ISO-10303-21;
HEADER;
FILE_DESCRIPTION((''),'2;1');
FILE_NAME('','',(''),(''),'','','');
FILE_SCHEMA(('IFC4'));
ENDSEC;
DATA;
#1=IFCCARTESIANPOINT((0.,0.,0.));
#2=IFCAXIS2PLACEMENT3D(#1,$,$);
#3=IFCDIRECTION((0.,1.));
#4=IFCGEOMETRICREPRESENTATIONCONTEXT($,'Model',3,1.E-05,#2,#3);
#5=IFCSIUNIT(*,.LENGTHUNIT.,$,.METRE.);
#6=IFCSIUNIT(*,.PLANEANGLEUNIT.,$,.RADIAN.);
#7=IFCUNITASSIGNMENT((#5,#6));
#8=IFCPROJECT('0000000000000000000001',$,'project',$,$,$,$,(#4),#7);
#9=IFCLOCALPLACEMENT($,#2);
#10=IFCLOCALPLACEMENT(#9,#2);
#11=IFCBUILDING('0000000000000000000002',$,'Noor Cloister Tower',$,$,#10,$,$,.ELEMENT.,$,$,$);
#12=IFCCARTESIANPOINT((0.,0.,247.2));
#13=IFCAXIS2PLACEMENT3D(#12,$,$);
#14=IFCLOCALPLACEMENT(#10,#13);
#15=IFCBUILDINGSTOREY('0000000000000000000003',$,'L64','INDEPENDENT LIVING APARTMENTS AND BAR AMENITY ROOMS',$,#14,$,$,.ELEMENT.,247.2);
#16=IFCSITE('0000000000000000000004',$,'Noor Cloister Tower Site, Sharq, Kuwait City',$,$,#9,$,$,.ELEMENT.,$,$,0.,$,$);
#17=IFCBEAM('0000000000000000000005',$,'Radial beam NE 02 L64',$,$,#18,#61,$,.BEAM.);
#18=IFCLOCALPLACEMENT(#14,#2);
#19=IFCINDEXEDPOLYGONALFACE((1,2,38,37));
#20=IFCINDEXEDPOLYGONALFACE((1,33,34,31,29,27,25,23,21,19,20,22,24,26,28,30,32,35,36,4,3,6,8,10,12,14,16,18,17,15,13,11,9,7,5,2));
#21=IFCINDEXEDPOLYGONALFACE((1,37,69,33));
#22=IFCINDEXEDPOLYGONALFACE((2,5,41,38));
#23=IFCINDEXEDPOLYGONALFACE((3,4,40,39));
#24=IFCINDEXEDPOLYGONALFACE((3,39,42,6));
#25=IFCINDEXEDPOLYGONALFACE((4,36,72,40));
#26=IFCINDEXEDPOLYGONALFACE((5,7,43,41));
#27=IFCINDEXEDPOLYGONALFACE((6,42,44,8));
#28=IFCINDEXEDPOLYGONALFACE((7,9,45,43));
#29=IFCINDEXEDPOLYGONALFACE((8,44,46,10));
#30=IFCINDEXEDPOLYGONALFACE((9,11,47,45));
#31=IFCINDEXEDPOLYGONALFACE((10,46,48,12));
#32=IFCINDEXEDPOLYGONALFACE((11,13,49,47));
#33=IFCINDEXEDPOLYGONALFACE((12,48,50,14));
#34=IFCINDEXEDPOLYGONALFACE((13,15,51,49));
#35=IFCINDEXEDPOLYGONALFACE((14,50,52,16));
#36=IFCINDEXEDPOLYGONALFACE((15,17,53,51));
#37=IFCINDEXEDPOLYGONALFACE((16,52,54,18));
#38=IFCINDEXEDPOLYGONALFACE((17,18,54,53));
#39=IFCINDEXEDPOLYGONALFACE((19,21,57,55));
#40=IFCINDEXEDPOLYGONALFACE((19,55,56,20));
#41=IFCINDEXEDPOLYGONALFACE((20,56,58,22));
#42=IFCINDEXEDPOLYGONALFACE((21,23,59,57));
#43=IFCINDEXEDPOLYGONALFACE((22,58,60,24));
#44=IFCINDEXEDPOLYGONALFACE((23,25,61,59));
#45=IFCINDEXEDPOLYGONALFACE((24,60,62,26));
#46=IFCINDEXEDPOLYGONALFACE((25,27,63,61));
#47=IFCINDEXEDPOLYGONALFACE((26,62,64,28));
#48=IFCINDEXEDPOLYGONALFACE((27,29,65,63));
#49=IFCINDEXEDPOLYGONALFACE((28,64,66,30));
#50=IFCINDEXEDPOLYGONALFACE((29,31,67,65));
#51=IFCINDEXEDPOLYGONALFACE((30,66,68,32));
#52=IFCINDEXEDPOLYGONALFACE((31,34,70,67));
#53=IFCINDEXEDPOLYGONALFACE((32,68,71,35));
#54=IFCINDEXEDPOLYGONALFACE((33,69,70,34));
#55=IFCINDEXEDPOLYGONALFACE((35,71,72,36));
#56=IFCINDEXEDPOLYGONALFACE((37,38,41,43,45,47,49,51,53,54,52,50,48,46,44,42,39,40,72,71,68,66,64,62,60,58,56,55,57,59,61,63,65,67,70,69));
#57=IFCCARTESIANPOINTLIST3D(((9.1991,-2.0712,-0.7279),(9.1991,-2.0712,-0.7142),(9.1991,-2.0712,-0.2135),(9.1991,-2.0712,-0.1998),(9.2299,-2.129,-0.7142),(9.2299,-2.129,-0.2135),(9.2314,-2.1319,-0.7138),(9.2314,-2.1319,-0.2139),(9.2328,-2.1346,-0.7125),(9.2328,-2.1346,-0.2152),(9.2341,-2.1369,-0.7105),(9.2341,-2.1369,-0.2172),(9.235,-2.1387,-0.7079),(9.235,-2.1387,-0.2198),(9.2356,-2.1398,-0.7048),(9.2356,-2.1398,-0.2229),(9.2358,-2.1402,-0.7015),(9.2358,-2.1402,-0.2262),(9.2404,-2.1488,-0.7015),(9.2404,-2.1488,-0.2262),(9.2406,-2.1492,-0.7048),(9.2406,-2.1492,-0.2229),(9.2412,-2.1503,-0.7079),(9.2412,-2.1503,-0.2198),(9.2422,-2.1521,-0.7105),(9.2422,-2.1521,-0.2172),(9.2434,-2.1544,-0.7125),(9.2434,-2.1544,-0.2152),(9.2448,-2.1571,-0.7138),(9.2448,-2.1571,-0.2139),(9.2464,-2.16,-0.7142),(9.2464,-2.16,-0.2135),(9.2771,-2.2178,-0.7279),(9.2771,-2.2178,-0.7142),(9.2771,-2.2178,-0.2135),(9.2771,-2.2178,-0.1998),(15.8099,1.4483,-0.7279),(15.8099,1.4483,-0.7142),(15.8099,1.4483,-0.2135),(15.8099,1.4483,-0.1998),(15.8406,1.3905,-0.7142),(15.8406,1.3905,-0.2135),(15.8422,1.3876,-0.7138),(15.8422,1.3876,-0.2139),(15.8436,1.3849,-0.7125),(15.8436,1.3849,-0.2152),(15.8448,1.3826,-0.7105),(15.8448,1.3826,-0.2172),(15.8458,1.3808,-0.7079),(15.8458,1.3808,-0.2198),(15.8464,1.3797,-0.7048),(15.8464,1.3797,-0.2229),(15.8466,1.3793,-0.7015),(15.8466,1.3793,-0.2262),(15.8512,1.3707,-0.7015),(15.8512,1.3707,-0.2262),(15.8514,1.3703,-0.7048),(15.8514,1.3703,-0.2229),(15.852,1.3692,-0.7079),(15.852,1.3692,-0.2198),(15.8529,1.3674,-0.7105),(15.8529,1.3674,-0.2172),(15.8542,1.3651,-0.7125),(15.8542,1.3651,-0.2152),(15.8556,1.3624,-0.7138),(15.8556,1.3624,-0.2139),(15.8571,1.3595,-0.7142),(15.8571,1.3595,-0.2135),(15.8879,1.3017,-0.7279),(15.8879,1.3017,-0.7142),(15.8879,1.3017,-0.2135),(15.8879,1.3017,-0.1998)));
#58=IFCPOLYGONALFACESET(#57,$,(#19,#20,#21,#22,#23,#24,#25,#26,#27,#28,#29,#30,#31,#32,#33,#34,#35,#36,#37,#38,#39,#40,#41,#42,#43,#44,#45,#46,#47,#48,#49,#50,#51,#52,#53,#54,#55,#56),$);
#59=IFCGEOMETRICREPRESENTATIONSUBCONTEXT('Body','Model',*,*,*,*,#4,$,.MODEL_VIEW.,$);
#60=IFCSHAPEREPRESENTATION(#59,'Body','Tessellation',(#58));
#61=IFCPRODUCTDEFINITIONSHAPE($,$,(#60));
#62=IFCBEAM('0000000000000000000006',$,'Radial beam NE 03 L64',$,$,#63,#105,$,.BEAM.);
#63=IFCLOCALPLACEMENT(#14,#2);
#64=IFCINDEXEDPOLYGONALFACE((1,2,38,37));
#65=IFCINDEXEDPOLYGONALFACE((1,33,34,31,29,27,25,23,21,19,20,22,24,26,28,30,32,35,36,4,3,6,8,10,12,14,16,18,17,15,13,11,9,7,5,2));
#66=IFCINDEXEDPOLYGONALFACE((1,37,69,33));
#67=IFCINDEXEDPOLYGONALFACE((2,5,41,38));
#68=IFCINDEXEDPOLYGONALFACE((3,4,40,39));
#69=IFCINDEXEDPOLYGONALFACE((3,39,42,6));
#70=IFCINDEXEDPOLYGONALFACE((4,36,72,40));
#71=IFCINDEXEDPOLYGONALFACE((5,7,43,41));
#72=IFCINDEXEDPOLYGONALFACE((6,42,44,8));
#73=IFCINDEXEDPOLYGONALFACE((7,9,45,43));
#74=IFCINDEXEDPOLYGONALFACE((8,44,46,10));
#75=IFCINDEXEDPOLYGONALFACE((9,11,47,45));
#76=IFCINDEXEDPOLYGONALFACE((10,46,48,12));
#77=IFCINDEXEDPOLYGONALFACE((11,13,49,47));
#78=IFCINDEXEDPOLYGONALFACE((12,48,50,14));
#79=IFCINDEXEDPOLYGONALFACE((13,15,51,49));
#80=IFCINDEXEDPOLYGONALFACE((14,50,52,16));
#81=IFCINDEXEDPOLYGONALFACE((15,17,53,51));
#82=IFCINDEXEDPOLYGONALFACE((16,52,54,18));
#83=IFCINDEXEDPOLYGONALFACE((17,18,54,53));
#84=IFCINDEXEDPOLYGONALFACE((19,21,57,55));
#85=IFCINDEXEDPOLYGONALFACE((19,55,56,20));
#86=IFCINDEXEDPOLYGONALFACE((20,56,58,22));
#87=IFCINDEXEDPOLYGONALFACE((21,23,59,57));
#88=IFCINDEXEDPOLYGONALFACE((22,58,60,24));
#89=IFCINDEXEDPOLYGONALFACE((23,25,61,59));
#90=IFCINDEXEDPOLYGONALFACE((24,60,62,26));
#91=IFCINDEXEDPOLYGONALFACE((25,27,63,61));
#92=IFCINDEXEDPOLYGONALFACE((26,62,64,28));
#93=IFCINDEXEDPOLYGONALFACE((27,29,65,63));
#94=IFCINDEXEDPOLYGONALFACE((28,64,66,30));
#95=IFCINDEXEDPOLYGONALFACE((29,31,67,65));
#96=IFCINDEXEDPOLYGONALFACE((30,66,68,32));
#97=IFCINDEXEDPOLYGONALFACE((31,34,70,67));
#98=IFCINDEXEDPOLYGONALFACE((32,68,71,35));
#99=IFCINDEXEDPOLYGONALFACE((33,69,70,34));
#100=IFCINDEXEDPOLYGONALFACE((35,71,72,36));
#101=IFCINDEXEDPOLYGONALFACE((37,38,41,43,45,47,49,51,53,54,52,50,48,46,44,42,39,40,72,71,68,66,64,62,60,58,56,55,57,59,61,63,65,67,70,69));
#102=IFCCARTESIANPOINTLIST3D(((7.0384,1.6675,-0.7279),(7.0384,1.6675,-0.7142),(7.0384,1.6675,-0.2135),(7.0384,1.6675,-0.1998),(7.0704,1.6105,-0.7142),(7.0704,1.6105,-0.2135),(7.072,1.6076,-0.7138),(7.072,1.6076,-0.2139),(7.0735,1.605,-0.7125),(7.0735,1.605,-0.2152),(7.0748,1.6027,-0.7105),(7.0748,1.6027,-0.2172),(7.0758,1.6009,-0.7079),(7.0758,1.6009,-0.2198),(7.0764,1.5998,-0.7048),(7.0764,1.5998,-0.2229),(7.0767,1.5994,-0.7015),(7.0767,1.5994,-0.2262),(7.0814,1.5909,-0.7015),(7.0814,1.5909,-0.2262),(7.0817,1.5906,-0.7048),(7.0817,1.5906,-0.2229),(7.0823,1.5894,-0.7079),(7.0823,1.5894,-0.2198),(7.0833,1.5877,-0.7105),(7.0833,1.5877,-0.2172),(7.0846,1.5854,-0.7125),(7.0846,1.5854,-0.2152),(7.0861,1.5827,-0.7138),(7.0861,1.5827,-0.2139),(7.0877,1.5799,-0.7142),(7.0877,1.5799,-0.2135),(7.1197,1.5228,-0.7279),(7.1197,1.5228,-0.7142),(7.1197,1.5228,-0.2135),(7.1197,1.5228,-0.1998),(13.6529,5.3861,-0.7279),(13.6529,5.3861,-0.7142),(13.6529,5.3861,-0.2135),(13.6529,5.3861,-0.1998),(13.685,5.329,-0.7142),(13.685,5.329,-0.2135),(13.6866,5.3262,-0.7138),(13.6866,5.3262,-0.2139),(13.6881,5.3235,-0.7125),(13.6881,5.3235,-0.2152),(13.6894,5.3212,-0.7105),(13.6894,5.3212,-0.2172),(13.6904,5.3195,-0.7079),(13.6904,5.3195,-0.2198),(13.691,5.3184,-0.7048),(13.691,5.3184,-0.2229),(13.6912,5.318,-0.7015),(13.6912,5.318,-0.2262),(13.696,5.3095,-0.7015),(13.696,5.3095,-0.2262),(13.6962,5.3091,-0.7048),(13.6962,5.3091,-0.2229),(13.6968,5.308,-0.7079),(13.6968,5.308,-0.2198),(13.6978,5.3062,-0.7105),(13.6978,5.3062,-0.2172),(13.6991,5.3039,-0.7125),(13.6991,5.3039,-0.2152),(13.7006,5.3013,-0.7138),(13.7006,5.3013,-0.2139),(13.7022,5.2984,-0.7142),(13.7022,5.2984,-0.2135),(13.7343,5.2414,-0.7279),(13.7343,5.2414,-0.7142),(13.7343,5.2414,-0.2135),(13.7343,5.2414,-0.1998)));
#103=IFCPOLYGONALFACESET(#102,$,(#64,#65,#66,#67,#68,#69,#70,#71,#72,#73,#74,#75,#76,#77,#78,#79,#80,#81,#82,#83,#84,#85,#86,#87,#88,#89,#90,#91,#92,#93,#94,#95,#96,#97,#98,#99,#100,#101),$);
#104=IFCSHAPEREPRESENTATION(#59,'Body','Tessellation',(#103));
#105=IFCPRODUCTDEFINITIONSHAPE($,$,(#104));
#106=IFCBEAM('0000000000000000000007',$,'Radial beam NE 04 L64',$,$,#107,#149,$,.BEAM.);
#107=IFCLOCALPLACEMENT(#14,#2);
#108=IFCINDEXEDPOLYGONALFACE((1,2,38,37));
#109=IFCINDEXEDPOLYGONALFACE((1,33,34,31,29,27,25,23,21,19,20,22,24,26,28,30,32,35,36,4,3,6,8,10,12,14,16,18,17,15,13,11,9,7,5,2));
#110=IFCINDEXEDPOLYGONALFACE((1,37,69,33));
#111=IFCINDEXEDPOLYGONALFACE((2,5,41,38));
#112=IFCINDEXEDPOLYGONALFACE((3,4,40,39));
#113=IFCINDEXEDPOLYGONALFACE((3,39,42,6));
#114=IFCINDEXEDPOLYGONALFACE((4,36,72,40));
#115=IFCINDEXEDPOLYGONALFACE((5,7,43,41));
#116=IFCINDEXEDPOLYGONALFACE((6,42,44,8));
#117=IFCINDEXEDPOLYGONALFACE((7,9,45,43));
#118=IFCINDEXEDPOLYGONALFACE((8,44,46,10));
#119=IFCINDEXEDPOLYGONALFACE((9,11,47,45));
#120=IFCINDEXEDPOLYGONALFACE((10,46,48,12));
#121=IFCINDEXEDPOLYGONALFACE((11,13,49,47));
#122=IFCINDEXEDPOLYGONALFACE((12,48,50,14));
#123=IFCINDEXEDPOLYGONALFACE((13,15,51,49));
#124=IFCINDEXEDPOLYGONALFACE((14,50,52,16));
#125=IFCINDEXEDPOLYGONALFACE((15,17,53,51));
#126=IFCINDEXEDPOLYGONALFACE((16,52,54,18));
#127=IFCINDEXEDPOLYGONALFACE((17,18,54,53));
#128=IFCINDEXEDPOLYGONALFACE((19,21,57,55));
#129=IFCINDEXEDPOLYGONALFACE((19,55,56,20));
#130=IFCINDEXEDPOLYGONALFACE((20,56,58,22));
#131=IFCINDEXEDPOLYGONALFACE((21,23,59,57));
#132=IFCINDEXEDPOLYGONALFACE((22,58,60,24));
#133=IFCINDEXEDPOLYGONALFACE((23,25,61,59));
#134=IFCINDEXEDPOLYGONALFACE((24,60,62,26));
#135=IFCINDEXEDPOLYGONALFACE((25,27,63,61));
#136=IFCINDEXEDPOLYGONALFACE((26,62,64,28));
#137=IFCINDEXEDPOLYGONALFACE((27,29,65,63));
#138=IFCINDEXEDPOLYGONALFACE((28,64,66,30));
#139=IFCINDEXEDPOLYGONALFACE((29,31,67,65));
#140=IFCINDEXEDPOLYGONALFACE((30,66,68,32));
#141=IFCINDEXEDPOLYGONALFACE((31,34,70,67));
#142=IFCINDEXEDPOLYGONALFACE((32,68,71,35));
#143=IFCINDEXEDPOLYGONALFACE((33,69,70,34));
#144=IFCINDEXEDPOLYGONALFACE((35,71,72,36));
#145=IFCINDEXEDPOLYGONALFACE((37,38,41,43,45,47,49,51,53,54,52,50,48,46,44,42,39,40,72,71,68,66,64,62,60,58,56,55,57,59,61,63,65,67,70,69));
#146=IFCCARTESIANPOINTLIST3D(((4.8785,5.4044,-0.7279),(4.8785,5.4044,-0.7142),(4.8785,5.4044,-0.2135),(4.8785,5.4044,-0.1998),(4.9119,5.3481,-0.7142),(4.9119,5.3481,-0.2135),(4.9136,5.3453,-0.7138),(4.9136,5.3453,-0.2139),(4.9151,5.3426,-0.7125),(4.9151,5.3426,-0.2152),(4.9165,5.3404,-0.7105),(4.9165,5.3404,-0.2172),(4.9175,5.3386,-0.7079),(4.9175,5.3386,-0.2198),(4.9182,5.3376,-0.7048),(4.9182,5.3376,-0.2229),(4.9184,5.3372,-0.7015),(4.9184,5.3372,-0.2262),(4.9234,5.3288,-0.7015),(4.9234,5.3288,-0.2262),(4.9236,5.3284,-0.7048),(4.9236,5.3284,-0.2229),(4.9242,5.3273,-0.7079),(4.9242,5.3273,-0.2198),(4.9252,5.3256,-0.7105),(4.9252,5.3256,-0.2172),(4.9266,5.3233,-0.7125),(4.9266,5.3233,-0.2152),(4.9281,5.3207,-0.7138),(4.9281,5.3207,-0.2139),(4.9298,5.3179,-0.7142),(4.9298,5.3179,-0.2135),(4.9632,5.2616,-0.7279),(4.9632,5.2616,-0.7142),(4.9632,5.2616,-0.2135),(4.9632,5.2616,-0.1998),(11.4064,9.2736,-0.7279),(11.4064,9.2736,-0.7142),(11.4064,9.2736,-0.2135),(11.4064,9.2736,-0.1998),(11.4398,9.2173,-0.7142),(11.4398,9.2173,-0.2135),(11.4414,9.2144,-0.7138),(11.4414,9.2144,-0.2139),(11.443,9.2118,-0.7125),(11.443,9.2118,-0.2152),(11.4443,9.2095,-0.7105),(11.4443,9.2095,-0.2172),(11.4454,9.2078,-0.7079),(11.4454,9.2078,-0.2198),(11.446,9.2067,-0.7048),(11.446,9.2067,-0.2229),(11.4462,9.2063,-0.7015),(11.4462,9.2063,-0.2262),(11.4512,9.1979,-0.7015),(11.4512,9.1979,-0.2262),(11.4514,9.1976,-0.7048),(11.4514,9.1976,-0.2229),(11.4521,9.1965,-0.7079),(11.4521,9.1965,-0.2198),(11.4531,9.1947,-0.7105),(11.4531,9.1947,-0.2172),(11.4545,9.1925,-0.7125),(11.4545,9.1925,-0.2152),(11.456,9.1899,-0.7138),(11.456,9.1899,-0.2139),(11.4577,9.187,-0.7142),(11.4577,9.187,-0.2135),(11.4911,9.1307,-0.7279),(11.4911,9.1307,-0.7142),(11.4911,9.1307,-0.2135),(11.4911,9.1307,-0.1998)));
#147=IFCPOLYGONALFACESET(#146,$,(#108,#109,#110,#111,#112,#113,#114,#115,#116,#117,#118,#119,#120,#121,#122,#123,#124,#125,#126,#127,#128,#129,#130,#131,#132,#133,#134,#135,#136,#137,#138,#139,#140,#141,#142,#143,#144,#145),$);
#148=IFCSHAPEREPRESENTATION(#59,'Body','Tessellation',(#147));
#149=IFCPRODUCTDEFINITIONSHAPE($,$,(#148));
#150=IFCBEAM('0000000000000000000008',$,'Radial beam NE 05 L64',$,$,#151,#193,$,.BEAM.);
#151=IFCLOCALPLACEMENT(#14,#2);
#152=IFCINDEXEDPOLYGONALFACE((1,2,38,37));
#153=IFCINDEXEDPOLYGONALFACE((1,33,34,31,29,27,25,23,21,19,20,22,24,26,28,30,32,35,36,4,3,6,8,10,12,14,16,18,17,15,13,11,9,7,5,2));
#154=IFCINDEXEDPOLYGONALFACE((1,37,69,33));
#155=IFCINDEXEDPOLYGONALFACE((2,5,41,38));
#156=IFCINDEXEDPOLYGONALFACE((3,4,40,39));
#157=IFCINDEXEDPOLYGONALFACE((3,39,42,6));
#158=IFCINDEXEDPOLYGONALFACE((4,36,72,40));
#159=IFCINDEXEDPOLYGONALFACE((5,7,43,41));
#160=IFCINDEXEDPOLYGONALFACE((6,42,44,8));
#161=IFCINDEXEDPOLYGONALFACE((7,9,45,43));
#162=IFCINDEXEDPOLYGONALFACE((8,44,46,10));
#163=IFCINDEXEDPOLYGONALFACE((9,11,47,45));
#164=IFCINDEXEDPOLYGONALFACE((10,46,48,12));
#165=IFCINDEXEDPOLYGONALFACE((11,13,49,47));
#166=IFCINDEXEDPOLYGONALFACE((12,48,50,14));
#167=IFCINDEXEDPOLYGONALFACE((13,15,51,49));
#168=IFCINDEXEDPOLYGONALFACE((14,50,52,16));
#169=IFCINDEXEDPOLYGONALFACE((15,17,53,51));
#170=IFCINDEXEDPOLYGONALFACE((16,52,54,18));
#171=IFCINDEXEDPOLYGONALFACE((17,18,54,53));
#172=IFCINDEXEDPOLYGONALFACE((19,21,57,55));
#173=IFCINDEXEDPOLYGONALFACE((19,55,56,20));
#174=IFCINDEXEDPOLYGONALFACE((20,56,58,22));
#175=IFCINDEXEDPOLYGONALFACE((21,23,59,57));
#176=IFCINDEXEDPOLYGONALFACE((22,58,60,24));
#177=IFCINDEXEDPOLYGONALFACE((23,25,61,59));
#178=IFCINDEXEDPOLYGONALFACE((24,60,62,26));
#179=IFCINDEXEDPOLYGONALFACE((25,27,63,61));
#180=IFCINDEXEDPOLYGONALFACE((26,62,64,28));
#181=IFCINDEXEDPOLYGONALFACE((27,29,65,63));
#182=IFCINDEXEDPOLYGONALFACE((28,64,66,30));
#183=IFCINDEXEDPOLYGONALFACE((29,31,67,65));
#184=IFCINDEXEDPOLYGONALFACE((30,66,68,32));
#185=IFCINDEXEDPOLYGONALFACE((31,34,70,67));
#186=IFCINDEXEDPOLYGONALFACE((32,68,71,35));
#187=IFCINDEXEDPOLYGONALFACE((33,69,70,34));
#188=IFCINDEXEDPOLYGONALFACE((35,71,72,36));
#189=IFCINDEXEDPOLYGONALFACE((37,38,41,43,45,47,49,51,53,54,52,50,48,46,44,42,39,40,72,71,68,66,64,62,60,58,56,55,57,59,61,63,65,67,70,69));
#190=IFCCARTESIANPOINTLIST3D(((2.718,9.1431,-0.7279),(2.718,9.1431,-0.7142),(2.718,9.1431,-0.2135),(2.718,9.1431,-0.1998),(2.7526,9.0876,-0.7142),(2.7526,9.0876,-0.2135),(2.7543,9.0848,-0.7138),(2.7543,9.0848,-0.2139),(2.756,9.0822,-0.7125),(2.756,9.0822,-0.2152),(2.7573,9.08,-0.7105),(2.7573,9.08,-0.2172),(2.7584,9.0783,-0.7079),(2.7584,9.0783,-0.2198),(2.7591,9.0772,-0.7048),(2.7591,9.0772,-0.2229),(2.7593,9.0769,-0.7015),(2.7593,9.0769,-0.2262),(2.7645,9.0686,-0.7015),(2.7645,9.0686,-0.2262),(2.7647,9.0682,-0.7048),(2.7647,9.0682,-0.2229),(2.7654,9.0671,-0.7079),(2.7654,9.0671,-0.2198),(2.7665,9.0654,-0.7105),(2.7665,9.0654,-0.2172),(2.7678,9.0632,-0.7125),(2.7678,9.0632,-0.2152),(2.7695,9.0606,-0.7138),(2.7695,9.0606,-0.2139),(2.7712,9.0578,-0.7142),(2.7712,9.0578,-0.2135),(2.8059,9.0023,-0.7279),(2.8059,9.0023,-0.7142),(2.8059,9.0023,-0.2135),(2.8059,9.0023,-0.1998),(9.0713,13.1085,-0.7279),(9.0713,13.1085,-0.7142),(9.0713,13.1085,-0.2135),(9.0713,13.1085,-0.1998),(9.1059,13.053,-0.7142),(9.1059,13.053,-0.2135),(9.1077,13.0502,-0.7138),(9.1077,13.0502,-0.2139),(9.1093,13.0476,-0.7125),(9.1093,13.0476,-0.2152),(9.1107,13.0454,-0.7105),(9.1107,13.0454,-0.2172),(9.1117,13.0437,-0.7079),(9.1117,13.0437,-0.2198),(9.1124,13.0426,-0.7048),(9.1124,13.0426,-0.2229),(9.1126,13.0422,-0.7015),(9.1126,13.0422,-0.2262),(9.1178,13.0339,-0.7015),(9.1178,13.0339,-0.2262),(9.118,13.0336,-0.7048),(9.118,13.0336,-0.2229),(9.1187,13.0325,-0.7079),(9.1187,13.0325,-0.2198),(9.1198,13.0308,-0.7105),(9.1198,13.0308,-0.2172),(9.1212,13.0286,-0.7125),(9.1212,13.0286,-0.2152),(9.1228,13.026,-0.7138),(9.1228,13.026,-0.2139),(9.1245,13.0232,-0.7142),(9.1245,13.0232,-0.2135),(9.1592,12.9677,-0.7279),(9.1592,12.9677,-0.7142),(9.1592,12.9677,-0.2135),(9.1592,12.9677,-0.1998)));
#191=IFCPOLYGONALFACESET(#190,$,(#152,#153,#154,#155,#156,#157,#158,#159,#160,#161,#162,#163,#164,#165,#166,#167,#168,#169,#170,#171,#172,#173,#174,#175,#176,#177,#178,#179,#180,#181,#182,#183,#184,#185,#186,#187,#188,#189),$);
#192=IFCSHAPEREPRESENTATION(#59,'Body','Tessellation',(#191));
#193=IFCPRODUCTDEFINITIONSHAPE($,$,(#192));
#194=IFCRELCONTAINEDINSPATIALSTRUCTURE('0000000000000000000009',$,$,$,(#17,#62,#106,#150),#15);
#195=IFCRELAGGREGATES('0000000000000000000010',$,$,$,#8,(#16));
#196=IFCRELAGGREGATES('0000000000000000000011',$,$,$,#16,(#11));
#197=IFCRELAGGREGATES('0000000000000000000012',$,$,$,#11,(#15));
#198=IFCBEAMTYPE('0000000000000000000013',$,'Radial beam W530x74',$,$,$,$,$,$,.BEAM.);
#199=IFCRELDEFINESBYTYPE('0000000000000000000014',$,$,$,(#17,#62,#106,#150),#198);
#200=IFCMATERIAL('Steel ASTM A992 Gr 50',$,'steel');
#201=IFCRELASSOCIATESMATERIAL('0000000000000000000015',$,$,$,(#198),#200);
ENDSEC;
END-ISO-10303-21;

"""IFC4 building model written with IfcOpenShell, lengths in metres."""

from ifc_helpers import new_model, si_unit, direction, frame, origin, origin_2d, place, context, subcontext, project, spatial, i_section, extrude, material, material_profile, profile_set, type_object, element, save


model = new_model("IFC4")

# Units and contexts
model_context = context("Model", 3, precision=1e-05, world=origin(), true_north=direction((0.0, 1.0)))
body_context = subcontext(model_context, "Body", "Model", "MODEL_VIEW")
ifc_project = project(units=[si_unit("LENGTHUNIT", "METRE"), si_unit("PLANEANGLEUNIT", "RADIAN")], contexts=[model_context])

# Site, building, storey
site_placement = place(None, origin())
site = spatial("IfcSite", under=ifc_project, at=site_placement, Name="Noor Cloister Tower Site, Sharq, Kuwait City", CompositionType="ELEMENT", RefElevation=0.0)
building_placement = place(site_placement, origin())
building = spatial("IfcBuilding", under=site, at=building_placement, Name="Noor Cloister Tower", CompositionType="ELEMENT")
storey_placement = place(building_placement, frame((0.0, 0.0, 247.2)))
storey = spatial("IfcBuildingStorey", under=building, at=storey_placement, Name="L64", Description="INDEPENDENT LIVING APARTMENTS AND BAR AMENITY ROOMS", CompositionType="ELEMENT", Elevation=247.2)

# Beams
ifc_material_1 = material(Name="Steel ASTM A992 Gr 50", Category="steel")
ifc_material_profile_1 = material_profile(ifc_material_1, i_section(OverallWidth=0.166, OverallDepth=0.5281, WebThickness=0.0098, FlangeThickness=0.0137, FilletRadius=0.0127, at=origin_2d()), Name="W530x74")
ifc_profile_set_1 = profile_set([ifc_material_profile_1], Name="Steel ASTM A992 Gr 50")
beam_type_1 = type_object("IfcBeamType", Name="Radial beam W530x74", PredefinedType="BEAM", material=ifc_profile_set_1)
beam_1_placement = place(storey_placement, frame((15.8489, 1.375, -0.4639), z_axis=(-0.882699, -0.469938, 0.0), x_axis=(0.469938, -0.882699, 0.0)))
element("IfcBeam", 1, at=beam_1_placement, inside=storey, type_object=beam_type_1, Name="Radial beam NE 02 L64", PredefinedType="BEAM", context=body_context, shape_type="SweptSolid", body=[
    extrude(i_section(OverallWidth=0.166, OverallDepth=0.5281, WebThickness=0.0098, FlangeThickness=0.0137, FilletRadius=0.0127, at=origin_2d()), origin(), (0.0, 0.0, 1.0), 7.4893),
])
beam_2_placement = place(storey_placement, frame((13.6936, 5.3137, -0.4639), z_axis=(-0.871697, -0.490046, 0.0), x_axis=(0.490046, -0.871697, 0.0)))
element("IfcBeam", 2, at=beam_2_placement, inside=storey, type_object=beam_type_1, Name="Radial beam NE 03 L64", PredefinedType="BEAM", context=body_context, shape_type="SweptSolid", body=[
    extrude(i_section(OverallWidth=0.166, OverallDepth=0.5281, WebThickness=0.0098, FlangeThickness=0.0137, FilletRadius=0.0127, at=origin_2d()), origin(), (0.0, 0.0, 1.0), 7.5881),
])
beam_3_placement = place(storey_placement, frame((11.4487, 9.2021, -0.4639), z_axis=(-0.860246, -0.50988, 0.0), x_axis=(0.50988, -0.860246, 0.0)))
element("IfcBeam", 3, at=beam_3_placement, inside=storey, type_object=beam_type_1, Name="Radial beam NE 04 L64", PredefinedType="BEAM", context=body_context, shape_type="SweptSolid", body=[
    extrude(i_section(OverallWidth=0.166, OverallDepth=0.5281, WebThickness=0.0098, FlangeThickness=0.0137, FilletRadius=0.0127, at=origin_2d()), origin(), (0.0, 0.0, 1.0), 7.5884),
])
beam_4_placement = place(storey_placement, frame((9.1152, 13.0381, -0.4639), z_axis=(-0.848326, -0.529474, 0.0), x_axis=(0.529474, -0.848326, 0.0)))
element("IfcBeam", 4, at=beam_4_placement, inside=storey, type_object=beam_type_1, Name="Radial beam NE 05 L64", PredefinedType="BEAM", context=body_context, shape_type="SweptSolid", body=[
    extrude(i_section(OverallWidth=0.166, OverallDepth=0.5281, WebThickness=0.0098, FlangeThickness=0.0137, FilletRadius=0.0127, at=origin_2d()), origin(), (0.0, 0.0, 1.0), 7.4893),
])

save(model, "model.ifc")
